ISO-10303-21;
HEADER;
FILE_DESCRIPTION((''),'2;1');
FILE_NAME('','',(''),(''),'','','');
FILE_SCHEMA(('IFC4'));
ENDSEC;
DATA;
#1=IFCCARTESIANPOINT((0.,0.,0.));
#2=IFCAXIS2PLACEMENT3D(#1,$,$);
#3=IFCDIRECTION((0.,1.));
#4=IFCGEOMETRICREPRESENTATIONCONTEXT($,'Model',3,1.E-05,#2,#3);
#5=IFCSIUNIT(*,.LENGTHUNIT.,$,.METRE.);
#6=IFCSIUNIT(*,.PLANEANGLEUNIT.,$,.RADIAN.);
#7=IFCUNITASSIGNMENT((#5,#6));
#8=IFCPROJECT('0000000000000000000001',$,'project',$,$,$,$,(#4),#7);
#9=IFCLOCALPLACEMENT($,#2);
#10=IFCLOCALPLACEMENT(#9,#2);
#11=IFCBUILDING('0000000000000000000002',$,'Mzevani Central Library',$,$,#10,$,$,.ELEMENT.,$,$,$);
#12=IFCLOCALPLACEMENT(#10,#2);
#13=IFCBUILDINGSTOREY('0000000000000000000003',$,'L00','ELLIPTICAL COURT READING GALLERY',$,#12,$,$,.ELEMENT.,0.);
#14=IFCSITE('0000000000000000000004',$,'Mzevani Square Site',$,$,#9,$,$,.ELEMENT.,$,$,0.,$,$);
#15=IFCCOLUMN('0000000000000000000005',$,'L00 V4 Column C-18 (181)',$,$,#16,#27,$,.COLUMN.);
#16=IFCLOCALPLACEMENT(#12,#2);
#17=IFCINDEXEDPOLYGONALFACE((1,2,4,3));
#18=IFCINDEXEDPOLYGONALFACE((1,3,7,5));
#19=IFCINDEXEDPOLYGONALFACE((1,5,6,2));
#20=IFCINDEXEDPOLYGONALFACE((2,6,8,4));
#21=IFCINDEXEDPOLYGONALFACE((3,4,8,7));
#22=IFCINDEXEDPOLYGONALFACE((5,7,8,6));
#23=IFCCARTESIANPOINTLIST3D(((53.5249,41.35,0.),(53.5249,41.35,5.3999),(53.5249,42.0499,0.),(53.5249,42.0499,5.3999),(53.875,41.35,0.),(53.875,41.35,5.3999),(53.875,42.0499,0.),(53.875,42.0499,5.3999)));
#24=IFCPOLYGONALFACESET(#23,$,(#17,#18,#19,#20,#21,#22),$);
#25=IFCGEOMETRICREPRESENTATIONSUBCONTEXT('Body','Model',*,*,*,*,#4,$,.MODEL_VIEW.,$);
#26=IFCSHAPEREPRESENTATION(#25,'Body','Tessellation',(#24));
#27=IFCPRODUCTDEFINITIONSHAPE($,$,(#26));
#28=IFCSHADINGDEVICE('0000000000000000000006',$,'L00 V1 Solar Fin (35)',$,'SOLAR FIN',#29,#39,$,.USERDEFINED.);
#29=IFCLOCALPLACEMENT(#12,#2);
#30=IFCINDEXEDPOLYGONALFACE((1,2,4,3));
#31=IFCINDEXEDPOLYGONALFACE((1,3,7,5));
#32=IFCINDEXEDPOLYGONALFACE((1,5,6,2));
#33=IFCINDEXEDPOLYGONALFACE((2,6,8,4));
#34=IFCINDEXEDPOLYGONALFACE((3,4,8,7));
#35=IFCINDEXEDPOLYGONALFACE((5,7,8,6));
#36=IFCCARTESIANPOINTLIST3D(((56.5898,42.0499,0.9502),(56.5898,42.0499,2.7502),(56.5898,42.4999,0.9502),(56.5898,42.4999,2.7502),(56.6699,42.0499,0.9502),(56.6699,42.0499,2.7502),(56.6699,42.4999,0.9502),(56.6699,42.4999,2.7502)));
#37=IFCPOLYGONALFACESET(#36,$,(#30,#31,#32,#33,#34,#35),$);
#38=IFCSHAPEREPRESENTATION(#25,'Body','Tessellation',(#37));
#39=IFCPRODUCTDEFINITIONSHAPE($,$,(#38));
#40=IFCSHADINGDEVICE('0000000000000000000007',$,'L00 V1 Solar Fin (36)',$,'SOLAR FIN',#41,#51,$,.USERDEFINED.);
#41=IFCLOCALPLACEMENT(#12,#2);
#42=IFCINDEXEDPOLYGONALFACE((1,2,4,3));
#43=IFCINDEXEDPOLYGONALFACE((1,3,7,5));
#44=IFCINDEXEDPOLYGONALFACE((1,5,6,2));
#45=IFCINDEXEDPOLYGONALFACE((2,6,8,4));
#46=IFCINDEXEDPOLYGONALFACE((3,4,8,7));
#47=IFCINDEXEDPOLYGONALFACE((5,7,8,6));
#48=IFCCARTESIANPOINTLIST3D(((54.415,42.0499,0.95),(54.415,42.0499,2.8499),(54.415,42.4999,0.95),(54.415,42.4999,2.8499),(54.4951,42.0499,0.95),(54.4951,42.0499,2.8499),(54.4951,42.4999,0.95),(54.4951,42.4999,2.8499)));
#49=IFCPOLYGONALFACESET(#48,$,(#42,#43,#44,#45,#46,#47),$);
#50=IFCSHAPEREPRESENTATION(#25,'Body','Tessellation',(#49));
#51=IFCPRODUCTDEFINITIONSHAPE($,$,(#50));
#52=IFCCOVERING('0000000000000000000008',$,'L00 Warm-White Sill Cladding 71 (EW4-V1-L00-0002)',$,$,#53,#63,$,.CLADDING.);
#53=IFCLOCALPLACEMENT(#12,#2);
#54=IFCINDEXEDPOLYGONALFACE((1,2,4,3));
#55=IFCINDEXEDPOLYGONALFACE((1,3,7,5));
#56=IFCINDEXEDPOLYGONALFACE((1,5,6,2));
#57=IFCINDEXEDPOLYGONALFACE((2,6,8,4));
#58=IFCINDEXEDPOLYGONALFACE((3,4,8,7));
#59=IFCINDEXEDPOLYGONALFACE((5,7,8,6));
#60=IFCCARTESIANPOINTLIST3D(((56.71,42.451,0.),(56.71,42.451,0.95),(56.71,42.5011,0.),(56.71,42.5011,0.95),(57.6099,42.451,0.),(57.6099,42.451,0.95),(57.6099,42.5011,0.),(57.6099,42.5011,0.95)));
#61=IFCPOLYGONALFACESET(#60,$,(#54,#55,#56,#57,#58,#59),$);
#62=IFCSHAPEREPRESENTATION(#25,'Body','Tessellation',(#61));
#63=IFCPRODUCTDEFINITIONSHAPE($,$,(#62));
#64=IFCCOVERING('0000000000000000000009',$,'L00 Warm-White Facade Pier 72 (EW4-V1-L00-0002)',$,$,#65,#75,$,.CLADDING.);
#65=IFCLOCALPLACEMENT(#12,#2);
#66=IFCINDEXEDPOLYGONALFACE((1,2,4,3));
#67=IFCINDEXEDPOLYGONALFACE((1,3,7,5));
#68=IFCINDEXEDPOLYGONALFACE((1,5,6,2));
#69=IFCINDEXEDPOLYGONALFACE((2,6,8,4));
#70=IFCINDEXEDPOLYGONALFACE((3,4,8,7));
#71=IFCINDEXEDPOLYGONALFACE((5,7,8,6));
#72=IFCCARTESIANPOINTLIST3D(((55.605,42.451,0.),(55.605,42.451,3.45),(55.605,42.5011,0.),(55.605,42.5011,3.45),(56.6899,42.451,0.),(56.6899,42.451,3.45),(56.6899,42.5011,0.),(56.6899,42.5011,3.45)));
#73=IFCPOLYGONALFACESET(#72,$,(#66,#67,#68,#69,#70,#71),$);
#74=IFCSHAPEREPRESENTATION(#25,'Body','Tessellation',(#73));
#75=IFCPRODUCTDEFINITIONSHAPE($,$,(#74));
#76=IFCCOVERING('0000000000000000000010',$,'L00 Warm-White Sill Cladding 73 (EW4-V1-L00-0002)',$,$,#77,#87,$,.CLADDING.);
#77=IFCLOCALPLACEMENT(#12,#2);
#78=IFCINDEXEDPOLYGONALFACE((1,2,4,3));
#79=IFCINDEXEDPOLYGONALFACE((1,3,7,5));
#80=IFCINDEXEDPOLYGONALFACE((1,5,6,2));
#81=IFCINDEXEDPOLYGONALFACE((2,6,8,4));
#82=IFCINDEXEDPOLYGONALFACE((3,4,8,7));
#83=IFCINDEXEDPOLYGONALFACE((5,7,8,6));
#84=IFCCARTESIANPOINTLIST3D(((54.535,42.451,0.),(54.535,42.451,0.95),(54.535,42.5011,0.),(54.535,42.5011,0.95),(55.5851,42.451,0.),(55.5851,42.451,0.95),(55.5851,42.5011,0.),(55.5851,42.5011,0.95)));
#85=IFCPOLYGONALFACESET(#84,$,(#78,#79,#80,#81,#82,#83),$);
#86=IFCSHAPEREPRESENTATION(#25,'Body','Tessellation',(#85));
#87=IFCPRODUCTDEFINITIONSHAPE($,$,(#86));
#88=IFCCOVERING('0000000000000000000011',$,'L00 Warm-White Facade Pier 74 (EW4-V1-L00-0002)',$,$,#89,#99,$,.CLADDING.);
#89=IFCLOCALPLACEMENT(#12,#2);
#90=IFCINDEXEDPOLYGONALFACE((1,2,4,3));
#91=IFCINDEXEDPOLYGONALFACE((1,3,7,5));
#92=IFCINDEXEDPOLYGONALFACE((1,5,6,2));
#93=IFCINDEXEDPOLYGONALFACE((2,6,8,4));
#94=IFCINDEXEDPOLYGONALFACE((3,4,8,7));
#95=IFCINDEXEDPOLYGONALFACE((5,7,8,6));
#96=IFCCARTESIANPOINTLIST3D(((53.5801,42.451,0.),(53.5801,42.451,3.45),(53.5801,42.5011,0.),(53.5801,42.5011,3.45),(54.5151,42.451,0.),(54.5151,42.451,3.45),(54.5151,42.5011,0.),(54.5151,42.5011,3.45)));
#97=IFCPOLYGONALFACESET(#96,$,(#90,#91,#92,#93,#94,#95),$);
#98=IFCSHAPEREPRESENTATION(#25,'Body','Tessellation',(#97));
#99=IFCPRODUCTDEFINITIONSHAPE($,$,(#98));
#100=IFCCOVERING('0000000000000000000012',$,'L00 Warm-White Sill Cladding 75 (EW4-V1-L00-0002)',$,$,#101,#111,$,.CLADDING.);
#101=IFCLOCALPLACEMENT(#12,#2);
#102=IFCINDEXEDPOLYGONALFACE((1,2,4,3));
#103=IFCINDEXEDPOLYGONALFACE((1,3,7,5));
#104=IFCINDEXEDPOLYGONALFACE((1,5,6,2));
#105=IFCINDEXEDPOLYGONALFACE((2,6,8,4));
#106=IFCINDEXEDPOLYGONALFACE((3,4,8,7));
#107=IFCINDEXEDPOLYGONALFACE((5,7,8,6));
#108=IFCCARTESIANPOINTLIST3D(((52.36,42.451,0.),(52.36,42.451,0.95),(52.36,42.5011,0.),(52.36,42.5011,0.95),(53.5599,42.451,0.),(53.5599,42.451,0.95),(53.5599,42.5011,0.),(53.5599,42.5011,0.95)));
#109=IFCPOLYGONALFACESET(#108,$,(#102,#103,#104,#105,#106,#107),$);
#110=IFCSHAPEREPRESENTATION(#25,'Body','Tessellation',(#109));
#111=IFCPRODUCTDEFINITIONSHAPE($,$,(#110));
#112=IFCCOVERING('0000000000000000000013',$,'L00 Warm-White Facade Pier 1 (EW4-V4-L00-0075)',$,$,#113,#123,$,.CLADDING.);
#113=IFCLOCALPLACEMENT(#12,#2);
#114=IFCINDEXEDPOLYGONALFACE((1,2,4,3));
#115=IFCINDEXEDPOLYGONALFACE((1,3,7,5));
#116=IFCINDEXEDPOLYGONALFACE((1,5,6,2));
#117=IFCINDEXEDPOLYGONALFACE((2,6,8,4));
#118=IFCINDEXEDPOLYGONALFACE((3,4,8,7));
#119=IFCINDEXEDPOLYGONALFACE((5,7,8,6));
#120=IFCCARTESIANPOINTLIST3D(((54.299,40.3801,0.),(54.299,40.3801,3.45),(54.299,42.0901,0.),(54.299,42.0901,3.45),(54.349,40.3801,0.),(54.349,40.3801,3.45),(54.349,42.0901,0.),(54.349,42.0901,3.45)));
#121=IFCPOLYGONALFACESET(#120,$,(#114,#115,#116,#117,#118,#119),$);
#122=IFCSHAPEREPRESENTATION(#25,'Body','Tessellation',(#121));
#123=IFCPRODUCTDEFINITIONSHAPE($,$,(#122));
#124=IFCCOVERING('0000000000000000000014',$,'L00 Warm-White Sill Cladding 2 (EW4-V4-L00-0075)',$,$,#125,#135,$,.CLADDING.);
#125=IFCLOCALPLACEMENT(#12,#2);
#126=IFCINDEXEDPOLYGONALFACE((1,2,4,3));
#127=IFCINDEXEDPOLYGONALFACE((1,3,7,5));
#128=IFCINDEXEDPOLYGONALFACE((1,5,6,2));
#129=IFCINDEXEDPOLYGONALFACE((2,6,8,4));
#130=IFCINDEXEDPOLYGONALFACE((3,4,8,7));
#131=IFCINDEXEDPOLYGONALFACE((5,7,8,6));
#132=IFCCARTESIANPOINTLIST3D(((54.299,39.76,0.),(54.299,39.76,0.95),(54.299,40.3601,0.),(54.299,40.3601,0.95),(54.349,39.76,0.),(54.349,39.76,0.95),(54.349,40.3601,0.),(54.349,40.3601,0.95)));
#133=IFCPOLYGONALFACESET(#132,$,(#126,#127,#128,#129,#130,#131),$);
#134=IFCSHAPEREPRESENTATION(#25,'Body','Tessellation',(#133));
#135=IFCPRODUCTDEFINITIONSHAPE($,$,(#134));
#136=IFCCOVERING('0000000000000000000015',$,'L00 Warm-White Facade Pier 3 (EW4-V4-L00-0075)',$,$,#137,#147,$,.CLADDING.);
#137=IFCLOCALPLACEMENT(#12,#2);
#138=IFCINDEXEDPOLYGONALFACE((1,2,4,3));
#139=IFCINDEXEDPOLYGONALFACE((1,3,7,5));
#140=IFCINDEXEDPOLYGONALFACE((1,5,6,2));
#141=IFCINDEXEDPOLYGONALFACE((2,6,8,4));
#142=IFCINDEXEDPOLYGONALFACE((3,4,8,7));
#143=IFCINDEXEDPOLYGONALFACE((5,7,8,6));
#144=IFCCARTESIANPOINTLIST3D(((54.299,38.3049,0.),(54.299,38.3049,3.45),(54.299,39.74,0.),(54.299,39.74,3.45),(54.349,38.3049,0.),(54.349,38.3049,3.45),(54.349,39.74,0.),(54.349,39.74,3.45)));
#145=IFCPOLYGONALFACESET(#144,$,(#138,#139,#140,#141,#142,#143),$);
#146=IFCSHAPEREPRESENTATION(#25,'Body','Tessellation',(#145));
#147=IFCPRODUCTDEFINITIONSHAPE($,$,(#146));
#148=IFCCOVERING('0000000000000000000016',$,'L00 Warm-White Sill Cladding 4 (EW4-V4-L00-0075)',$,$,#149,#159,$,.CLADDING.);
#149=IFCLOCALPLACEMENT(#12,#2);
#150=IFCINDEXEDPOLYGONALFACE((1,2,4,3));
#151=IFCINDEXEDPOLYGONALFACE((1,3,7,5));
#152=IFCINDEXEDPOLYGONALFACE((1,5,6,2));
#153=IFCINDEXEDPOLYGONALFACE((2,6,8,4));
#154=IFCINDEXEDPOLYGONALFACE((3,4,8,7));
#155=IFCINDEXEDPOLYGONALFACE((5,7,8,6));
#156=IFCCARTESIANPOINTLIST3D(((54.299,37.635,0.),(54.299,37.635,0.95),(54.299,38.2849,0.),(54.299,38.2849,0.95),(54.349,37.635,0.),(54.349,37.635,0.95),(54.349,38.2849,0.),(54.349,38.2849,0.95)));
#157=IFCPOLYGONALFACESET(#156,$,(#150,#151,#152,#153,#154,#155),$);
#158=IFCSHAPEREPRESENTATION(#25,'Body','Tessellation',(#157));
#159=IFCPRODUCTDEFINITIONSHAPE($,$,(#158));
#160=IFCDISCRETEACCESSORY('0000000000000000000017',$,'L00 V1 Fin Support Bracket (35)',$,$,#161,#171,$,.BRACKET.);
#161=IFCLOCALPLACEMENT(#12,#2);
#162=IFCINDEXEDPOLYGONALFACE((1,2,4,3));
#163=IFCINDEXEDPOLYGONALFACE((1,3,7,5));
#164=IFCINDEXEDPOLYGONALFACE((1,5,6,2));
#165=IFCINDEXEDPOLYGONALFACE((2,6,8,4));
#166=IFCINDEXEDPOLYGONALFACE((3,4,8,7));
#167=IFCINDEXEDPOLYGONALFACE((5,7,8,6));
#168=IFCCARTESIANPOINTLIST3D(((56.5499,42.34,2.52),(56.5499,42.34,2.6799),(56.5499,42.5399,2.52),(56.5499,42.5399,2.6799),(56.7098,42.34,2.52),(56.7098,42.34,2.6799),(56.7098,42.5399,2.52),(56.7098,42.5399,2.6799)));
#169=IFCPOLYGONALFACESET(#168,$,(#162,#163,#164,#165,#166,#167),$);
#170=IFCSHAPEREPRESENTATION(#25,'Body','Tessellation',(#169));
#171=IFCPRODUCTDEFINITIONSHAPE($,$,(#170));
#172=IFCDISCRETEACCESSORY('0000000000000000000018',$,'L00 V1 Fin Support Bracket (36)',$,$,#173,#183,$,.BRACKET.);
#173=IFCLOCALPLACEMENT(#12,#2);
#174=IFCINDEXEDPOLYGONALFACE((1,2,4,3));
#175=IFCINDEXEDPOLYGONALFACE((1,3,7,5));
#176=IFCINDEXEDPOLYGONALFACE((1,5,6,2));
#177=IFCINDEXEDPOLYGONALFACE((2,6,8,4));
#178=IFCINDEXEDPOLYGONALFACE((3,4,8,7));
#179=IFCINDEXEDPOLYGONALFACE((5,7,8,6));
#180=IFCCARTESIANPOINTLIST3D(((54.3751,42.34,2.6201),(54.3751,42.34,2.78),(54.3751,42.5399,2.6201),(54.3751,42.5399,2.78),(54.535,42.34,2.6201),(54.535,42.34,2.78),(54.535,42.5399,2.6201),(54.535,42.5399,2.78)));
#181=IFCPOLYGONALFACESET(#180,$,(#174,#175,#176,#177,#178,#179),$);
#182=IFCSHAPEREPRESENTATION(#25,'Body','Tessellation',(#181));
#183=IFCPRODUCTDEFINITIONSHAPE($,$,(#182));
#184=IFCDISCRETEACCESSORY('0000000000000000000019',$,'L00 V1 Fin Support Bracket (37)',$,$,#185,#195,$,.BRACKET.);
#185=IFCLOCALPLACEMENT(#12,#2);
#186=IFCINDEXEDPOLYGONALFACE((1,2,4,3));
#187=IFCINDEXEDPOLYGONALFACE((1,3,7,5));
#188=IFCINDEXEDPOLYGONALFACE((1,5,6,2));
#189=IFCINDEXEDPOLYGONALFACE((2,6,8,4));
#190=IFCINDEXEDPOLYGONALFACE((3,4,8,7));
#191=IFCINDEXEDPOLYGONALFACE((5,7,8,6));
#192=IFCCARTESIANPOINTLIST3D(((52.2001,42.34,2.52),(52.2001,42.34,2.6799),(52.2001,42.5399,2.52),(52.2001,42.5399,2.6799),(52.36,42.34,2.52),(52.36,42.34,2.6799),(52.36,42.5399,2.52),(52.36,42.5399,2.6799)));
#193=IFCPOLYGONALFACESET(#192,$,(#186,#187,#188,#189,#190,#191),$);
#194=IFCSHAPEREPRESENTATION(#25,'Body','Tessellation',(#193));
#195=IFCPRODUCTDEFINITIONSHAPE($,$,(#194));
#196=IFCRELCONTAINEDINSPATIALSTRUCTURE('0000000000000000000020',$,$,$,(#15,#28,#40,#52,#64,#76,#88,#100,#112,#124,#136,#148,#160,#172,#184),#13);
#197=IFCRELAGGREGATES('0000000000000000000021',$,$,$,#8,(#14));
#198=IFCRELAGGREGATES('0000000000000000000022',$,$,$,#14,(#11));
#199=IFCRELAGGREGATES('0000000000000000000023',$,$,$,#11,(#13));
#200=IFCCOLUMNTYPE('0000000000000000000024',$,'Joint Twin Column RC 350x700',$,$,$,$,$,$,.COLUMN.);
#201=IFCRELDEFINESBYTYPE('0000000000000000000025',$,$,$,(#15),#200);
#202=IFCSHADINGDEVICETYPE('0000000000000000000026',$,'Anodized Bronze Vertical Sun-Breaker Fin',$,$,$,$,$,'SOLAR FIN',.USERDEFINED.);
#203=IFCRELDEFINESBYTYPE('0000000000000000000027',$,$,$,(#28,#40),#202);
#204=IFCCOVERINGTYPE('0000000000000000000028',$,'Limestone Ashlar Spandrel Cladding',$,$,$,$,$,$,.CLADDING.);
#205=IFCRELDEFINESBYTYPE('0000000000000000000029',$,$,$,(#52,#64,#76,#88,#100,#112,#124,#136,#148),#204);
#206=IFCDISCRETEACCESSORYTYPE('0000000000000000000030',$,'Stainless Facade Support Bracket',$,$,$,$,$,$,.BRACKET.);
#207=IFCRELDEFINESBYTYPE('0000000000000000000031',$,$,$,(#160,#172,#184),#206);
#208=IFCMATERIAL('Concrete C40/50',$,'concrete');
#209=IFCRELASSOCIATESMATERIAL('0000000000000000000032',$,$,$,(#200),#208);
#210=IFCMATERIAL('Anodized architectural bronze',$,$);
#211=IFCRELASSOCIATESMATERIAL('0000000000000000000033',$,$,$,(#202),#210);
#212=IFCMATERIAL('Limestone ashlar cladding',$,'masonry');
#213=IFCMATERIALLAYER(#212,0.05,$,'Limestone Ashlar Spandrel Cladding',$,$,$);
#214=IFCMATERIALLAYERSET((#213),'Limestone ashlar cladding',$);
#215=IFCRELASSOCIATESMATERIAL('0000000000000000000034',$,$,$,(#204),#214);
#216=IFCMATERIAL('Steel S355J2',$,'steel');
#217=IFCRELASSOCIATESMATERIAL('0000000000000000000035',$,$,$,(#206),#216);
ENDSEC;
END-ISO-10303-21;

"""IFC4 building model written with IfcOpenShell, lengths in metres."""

from ifc_helpers import new_model, si_unit, direction, frame, origin, origin_2d, place, context, subcontext, project, spatial, rectangle, extrude, material, layer, layer_set, material_profile, profile_set, type_object, element, save


model = new_model("IFC4")

# Units and contexts
model_context = context("Model", 3, precision=1e-05, world=origin(), true_north=direction((0.0, 1.0)))
body_context = subcontext(model_context, "Body", "Model", "MODEL_VIEW")
ifc_project = project(units=[si_unit("LENGTHUNIT", "METRE"), si_unit("PLANEANGLEUNIT", "RADIAN")], contexts=[model_context])

# Site, building, storey
site_placement = place(None, origin())
site = spatial("IfcSite", under=ifc_project, at=site_placement, Name="Mzevani Square Site", CompositionType="ELEMENT", RefElevation=0.0)
building_placement = place(site_placement, origin())
building = spatial("IfcBuilding", under=site, at=building_placement, Name="Mzevani Central Library", CompositionType="ELEMENT")
storey_placement = place(building_placement, origin())
storey = spatial("IfcBuildingStorey", under=building, at=storey_placement, Name="L00", Description="ELLIPTICAL COURT READING GALLERY", CompositionType="ELEMENT", Elevation=0.0)

# Column
ifc_material_1 = material(Name="Concrete C40/50", Category="concrete")
ifc_material_profile = material_profile(ifc_material_1, rectangle(XDim=0.3501, YDim=0.7, at=origin_2d()), Name="RC 350x700")
ifc_profile_set = profile_set([ifc_material_profile], Name="Concrete C40/50")
column_type = type_object("IfcColumnType", Name="Joint Twin Column RC 350x700", PredefinedType="COLUMN", material=ifc_profile_set)
column_placement = place(storey_placement, frame((53.7, 41.7, 0.0), z_axis=(0.0, 0.0, 1.0), x_axis=(1.0, 0.0, 0.0)))
element("IfcColumn", 1, at=column_placement, inside=storey, type_object=column_type, Name="L00 V4 Column C-18 (181)", PredefinedType="COLUMN", context=body_context, shape_type="SweptSolid", body=[
    extrude(rectangle(XDim=0.3501, YDim=0.7, at=origin_2d()), origin(), (0.0, 0.0, 1.0), 5.3999),
])

# Shared definitions
ifc_material_2 = material(Name="Anodized architectural bronze")

# Shading devices
shading_device_type = type_object("IfcShadingDeviceType", Name="Anodized Bronze Vertical Sun-Breaker Fin", ElementType="SOLAR FIN", PredefinedType="USERDEFINED", material=ifc_material_2)
shading_device_1_placement = place(storey_placement, frame((56.6299, 42.2749, 0.9502), z_axis=(0.0, 0.0, 1.0), x_axis=(-1.0, 0.0, 0.0)))
element("IfcShadingDevice", 2, at=shading_device_1_placement, inside=storey, type_object=shading_device_type, Name="L00 V1 Solar Fin (35)", ObjectType="SOLAR FIN", PredefinedType="USERDEFINED", context=body_context, shape_type="SweptSolid", body=[
    extrude(rectangle(XDim=0.0801, YDim=0.45, at=origin_2d()), origin(), (0.0, 0.0, 1.0), 1.8),
])
shading_device_2_placement = place(storey_placement, frame((54.4551, 42.2749, 0.95), z_axis=(0.0, 0.0, 1.0), x_axis=(-1.0, 0.0, 0.0)))
element("IfcShadingDevice", 3, at=shading_device_2_placement, inside=storey, type_object=shading_device_type, Name="L00 V1 Solar Fin (36)", ObjectType="SOLAR FIN", PredefinedType="USERDEFINED", context=body_context, shape_type="SweptSolid", body=[
    extrude(rectangle(XDim=0.0801, YDim=0.45, at=origin_2d()), origin(), (0.0, 0.0, 1.0), 1.8999),
])

# Coverings
ifc_material_3 = material(Name="Limestone ashlar cladding", Category="masonry")
ifc_layer_1 = layer(ifc_material_3, 0.05, Name="Limestone Ashlar Spandrel Cladding")
ifc_layer_set_1 = layer_set([ifc_layer_1], Name="Limestone ashlar cladding")
covering_type = type_object("IfcCoveringType", Name="Limestone Ashlar Spandrel Cladding", PredefinedType="CLADDING", material=ifc_layer_set_1)
covering_1_placement = place(storey_placement, frame((57.1599, 42.4761, 0.0), z_axis=(0.0, 0.0, 1.0), x_axis=(-1.0, 0.0, 0.0)))
element("IfcCovering", 4, at=covering_1_placement, inside=storey, type_object=covering_type, Name="L00 Warm-White Sill Cladding 71 (EW4-V1-L00-0002)", PredefinedType="CLADDING", context=body_context, shape_type="SweptSolid", body=[
    extrude(rectangle(XDim=0.8999, YDim=0.05, at=origin_2d()), origin(), (0.0, 0.0, 1.0), 0.95),
])
covering_2_placement = place(storey_placement, frame((56.1475, 42.4761, 0.0), z_axis=(0.0, 0.0, 1.0), x_axis=(-1.0, 0.0, 0.0)))
element("IfcCovering", 5, at=covering_2_placement, inside=storey, type_object=covering_type, Name="L00 Warm-White Facade Pier 72 (EW4-V1-L00-0002)", PredefinedType="CLADDING", context=body_context, shape_type="SweptSolid", body=[
    extrude(rectangle(XDim=1.085, YDim=0.05, at=origin_2d()), origin(), (0.0, 0.0, 1.0), 3.45),
])
covering_3_placement = place(storey_placement, frame((55.0601, 42.4761, 0.0), z_axis=(0.0, 0.0, 1.0), x_axis=(-1.0, 0.0, 0.0)))
element("IfcCovering", 6, at=covering_3_placement, inside=storey, type_object=covering_type, Name="L00 Warm-White Sill Cladding 73 (EW4-V1-L00-0002)", PredefinedType="CLADDING", context=body_context, shape_type="SweptSolid", body=[
    extrude(rectangle(XDim=1.05, YDim=0.05, at=origin_2d()), origin(), (0.0, 0.0, 1.0), 0.95),
])
covering_4_placement = place(storey_placement, frame((54.0476, 42.4761, 0.0), z_axis=(0.0, 0.0, 1.0), x_axis=(-1.0, 0.0, 0.0)))
element("IfcCovering", 7, at=covering_4_placement, inside=storey, type_object=covering_type, Name="L00 Warm-White Facade Pier 74 (EW4-V1-L00-0002)", PredefinedType="CLADDING", context=body_context, shape_type="SweptSolid", body=[
    extrude(rectangle(XDim=0.9351, YDim=0.05, at=origin_2d()), origin(), (0.0, 0.0, 1.0), 3.45),
])
covering_5_placement = place(storey_placement, frame((52.96, 42.4761, 0.0), z_axis=(0.0, 0.0, 1.0), x_axis=(-1.0, 0.0, 0.0)))
element("IfcCovering", 8, at=covering_5_placement, inside=storey, type_object=covering_type, Name="L00 Warm-White Sill Cladding 75 (EW4-V1-L00-0002)", PredefinedType="CLADDING", context=body_context, shape_type="SweptSolid", body=[
    extrude(rectangle(XDim=1.2, YDim=0.05, at=origin_2d()), origin(), (0.0, 0.0, 1.0), 0.95),
])
covering_6_placement = place(storey_placement, frame((54.324, 41.2351, 0.0), z_axis=(0.0, 0.0, 1.0), x_axis=(0.0, -1.0, 0.0)))
element("IfcCovering", 9, at=covering_6_placement, inside=storey, type_object=covering_type, Name="L00 Warm-White Facade Pier 1 (EW4-V4-L00-0075)", PredefinedType="CLADDING", context=body_context, shape_type="SweptSolid", body=[
    extrude(rectangle(XDim=1.71, YDim=0.05, at=origin_2d()), origin(), (0.0, 0.0, 1.0), 3.45),
])
covering_7_placement = place(storey_placement, frame((54.324, 40.0601, 0.0), z_axis=(0.0, 0.0, 1.0), x_axis=(0.0, -1.0, 0.0)))
element("IfcCovering", 10, at=covering_7_placement, inside=storey, type_object=covering_type, Name="L00 Warm-White Sill Cladding 2 (EW4-V4-L00-0075)", PredefinedType="CLADDING", context=body_context, shape_type="SweptSolid", body=[
    extrude(rectangle(XDim=0.6001, YDim=0.05, at=origin_2d()), origin(), (0.0, 0.0, 1.0), 0.95),
])
covering_8_placement = place(storey_placement, frame((54.324, 39.0225, 0.0), z_axis=(0.0, 0.0, 1.0), x_axis=(0.0, -1.0, 0.0)))
element("IfcCovering", 11, at=covering_8_placement, inside=storey, type_object=covering_type, Name="L00 Warm-White Facade Pier 3 (EW4-V4-L00-0075)", PredefinedType="CLADDING", context=body_context, shape_type="SweptSolid", body=[
    extrude(rectangle(XDim=1.4351, YDim=0.05, at=origin_2d()), origin(), (0.0, 0.0, 1.0), 3.45),
])
covering_9_placement = place(storey_placement, frame((54.324, 37.96, 0.0), z_axis=(0.0, 0.0, 1.0), x_axis=(0.0, -1.0, 0.0)))
element("IfcCovering", 12, at=covering_9_placement, inside=storey, type_object=covering_type, Name="L00 Warm-White Sill Cladding 4 (EW4-V4-L00-0075)", PredefinedType="CLADDING", context=body_context, shape_type="SweptSolid", body=[
    extrude(rectangle(XDim=0.6499, YDim=0.05, at=origin_2d()), origin(), (0.0, 0.0, 1.0), 0.95),
])

# Discrete accessories
ifc_material_4 = material(Name="Steel S355J2", Category="steel")
discrete_accessory_type = type_object("IfcDiscreteAccessoryType", Name="Stainless Facade Support Bracket", PredefinedType="BRACKET", material=ifc_material_4)
for number, where, z_axis, x_axis, name in (
    (13, (56.6299, 42.4399, 2.52), (0.0, 0.0, 1.0), (-1.0, 0.0, 0.0), "L00 V1 Fin Support Bracket (35)"),
    (14, (54.4551, 42.4399, 2.6201), (0.0, 0.0, 1.0), (-1.0, 0.0, 0.0), "L00 V1 Fin Support Bracket (36)"),
    (15, (52.28, 42.4399, 2.52), (0.0, 0.0, 1.0), (-1.0, 0.0, 0.0), "L00 V1 Fin Support Bracket (37)"),
):
    element("IfcDiscreteAccessory", number, at=place(storey_placement, frame(where, z_axis=z_axis, x_axis=x_axis)), inside=storey, type_object=discrete_accessory_type, Name=name, PredefinedType="BRACKET", context=body_context, shape_type="SweptSolid", body=[
        extrude(rectangle(XDim=0.1599, YDim=0.2, at=origin_2d()), origin(), (0.0, 0.0, 1.0), 0.1599),
    ])

save(model, "model.ifc")
